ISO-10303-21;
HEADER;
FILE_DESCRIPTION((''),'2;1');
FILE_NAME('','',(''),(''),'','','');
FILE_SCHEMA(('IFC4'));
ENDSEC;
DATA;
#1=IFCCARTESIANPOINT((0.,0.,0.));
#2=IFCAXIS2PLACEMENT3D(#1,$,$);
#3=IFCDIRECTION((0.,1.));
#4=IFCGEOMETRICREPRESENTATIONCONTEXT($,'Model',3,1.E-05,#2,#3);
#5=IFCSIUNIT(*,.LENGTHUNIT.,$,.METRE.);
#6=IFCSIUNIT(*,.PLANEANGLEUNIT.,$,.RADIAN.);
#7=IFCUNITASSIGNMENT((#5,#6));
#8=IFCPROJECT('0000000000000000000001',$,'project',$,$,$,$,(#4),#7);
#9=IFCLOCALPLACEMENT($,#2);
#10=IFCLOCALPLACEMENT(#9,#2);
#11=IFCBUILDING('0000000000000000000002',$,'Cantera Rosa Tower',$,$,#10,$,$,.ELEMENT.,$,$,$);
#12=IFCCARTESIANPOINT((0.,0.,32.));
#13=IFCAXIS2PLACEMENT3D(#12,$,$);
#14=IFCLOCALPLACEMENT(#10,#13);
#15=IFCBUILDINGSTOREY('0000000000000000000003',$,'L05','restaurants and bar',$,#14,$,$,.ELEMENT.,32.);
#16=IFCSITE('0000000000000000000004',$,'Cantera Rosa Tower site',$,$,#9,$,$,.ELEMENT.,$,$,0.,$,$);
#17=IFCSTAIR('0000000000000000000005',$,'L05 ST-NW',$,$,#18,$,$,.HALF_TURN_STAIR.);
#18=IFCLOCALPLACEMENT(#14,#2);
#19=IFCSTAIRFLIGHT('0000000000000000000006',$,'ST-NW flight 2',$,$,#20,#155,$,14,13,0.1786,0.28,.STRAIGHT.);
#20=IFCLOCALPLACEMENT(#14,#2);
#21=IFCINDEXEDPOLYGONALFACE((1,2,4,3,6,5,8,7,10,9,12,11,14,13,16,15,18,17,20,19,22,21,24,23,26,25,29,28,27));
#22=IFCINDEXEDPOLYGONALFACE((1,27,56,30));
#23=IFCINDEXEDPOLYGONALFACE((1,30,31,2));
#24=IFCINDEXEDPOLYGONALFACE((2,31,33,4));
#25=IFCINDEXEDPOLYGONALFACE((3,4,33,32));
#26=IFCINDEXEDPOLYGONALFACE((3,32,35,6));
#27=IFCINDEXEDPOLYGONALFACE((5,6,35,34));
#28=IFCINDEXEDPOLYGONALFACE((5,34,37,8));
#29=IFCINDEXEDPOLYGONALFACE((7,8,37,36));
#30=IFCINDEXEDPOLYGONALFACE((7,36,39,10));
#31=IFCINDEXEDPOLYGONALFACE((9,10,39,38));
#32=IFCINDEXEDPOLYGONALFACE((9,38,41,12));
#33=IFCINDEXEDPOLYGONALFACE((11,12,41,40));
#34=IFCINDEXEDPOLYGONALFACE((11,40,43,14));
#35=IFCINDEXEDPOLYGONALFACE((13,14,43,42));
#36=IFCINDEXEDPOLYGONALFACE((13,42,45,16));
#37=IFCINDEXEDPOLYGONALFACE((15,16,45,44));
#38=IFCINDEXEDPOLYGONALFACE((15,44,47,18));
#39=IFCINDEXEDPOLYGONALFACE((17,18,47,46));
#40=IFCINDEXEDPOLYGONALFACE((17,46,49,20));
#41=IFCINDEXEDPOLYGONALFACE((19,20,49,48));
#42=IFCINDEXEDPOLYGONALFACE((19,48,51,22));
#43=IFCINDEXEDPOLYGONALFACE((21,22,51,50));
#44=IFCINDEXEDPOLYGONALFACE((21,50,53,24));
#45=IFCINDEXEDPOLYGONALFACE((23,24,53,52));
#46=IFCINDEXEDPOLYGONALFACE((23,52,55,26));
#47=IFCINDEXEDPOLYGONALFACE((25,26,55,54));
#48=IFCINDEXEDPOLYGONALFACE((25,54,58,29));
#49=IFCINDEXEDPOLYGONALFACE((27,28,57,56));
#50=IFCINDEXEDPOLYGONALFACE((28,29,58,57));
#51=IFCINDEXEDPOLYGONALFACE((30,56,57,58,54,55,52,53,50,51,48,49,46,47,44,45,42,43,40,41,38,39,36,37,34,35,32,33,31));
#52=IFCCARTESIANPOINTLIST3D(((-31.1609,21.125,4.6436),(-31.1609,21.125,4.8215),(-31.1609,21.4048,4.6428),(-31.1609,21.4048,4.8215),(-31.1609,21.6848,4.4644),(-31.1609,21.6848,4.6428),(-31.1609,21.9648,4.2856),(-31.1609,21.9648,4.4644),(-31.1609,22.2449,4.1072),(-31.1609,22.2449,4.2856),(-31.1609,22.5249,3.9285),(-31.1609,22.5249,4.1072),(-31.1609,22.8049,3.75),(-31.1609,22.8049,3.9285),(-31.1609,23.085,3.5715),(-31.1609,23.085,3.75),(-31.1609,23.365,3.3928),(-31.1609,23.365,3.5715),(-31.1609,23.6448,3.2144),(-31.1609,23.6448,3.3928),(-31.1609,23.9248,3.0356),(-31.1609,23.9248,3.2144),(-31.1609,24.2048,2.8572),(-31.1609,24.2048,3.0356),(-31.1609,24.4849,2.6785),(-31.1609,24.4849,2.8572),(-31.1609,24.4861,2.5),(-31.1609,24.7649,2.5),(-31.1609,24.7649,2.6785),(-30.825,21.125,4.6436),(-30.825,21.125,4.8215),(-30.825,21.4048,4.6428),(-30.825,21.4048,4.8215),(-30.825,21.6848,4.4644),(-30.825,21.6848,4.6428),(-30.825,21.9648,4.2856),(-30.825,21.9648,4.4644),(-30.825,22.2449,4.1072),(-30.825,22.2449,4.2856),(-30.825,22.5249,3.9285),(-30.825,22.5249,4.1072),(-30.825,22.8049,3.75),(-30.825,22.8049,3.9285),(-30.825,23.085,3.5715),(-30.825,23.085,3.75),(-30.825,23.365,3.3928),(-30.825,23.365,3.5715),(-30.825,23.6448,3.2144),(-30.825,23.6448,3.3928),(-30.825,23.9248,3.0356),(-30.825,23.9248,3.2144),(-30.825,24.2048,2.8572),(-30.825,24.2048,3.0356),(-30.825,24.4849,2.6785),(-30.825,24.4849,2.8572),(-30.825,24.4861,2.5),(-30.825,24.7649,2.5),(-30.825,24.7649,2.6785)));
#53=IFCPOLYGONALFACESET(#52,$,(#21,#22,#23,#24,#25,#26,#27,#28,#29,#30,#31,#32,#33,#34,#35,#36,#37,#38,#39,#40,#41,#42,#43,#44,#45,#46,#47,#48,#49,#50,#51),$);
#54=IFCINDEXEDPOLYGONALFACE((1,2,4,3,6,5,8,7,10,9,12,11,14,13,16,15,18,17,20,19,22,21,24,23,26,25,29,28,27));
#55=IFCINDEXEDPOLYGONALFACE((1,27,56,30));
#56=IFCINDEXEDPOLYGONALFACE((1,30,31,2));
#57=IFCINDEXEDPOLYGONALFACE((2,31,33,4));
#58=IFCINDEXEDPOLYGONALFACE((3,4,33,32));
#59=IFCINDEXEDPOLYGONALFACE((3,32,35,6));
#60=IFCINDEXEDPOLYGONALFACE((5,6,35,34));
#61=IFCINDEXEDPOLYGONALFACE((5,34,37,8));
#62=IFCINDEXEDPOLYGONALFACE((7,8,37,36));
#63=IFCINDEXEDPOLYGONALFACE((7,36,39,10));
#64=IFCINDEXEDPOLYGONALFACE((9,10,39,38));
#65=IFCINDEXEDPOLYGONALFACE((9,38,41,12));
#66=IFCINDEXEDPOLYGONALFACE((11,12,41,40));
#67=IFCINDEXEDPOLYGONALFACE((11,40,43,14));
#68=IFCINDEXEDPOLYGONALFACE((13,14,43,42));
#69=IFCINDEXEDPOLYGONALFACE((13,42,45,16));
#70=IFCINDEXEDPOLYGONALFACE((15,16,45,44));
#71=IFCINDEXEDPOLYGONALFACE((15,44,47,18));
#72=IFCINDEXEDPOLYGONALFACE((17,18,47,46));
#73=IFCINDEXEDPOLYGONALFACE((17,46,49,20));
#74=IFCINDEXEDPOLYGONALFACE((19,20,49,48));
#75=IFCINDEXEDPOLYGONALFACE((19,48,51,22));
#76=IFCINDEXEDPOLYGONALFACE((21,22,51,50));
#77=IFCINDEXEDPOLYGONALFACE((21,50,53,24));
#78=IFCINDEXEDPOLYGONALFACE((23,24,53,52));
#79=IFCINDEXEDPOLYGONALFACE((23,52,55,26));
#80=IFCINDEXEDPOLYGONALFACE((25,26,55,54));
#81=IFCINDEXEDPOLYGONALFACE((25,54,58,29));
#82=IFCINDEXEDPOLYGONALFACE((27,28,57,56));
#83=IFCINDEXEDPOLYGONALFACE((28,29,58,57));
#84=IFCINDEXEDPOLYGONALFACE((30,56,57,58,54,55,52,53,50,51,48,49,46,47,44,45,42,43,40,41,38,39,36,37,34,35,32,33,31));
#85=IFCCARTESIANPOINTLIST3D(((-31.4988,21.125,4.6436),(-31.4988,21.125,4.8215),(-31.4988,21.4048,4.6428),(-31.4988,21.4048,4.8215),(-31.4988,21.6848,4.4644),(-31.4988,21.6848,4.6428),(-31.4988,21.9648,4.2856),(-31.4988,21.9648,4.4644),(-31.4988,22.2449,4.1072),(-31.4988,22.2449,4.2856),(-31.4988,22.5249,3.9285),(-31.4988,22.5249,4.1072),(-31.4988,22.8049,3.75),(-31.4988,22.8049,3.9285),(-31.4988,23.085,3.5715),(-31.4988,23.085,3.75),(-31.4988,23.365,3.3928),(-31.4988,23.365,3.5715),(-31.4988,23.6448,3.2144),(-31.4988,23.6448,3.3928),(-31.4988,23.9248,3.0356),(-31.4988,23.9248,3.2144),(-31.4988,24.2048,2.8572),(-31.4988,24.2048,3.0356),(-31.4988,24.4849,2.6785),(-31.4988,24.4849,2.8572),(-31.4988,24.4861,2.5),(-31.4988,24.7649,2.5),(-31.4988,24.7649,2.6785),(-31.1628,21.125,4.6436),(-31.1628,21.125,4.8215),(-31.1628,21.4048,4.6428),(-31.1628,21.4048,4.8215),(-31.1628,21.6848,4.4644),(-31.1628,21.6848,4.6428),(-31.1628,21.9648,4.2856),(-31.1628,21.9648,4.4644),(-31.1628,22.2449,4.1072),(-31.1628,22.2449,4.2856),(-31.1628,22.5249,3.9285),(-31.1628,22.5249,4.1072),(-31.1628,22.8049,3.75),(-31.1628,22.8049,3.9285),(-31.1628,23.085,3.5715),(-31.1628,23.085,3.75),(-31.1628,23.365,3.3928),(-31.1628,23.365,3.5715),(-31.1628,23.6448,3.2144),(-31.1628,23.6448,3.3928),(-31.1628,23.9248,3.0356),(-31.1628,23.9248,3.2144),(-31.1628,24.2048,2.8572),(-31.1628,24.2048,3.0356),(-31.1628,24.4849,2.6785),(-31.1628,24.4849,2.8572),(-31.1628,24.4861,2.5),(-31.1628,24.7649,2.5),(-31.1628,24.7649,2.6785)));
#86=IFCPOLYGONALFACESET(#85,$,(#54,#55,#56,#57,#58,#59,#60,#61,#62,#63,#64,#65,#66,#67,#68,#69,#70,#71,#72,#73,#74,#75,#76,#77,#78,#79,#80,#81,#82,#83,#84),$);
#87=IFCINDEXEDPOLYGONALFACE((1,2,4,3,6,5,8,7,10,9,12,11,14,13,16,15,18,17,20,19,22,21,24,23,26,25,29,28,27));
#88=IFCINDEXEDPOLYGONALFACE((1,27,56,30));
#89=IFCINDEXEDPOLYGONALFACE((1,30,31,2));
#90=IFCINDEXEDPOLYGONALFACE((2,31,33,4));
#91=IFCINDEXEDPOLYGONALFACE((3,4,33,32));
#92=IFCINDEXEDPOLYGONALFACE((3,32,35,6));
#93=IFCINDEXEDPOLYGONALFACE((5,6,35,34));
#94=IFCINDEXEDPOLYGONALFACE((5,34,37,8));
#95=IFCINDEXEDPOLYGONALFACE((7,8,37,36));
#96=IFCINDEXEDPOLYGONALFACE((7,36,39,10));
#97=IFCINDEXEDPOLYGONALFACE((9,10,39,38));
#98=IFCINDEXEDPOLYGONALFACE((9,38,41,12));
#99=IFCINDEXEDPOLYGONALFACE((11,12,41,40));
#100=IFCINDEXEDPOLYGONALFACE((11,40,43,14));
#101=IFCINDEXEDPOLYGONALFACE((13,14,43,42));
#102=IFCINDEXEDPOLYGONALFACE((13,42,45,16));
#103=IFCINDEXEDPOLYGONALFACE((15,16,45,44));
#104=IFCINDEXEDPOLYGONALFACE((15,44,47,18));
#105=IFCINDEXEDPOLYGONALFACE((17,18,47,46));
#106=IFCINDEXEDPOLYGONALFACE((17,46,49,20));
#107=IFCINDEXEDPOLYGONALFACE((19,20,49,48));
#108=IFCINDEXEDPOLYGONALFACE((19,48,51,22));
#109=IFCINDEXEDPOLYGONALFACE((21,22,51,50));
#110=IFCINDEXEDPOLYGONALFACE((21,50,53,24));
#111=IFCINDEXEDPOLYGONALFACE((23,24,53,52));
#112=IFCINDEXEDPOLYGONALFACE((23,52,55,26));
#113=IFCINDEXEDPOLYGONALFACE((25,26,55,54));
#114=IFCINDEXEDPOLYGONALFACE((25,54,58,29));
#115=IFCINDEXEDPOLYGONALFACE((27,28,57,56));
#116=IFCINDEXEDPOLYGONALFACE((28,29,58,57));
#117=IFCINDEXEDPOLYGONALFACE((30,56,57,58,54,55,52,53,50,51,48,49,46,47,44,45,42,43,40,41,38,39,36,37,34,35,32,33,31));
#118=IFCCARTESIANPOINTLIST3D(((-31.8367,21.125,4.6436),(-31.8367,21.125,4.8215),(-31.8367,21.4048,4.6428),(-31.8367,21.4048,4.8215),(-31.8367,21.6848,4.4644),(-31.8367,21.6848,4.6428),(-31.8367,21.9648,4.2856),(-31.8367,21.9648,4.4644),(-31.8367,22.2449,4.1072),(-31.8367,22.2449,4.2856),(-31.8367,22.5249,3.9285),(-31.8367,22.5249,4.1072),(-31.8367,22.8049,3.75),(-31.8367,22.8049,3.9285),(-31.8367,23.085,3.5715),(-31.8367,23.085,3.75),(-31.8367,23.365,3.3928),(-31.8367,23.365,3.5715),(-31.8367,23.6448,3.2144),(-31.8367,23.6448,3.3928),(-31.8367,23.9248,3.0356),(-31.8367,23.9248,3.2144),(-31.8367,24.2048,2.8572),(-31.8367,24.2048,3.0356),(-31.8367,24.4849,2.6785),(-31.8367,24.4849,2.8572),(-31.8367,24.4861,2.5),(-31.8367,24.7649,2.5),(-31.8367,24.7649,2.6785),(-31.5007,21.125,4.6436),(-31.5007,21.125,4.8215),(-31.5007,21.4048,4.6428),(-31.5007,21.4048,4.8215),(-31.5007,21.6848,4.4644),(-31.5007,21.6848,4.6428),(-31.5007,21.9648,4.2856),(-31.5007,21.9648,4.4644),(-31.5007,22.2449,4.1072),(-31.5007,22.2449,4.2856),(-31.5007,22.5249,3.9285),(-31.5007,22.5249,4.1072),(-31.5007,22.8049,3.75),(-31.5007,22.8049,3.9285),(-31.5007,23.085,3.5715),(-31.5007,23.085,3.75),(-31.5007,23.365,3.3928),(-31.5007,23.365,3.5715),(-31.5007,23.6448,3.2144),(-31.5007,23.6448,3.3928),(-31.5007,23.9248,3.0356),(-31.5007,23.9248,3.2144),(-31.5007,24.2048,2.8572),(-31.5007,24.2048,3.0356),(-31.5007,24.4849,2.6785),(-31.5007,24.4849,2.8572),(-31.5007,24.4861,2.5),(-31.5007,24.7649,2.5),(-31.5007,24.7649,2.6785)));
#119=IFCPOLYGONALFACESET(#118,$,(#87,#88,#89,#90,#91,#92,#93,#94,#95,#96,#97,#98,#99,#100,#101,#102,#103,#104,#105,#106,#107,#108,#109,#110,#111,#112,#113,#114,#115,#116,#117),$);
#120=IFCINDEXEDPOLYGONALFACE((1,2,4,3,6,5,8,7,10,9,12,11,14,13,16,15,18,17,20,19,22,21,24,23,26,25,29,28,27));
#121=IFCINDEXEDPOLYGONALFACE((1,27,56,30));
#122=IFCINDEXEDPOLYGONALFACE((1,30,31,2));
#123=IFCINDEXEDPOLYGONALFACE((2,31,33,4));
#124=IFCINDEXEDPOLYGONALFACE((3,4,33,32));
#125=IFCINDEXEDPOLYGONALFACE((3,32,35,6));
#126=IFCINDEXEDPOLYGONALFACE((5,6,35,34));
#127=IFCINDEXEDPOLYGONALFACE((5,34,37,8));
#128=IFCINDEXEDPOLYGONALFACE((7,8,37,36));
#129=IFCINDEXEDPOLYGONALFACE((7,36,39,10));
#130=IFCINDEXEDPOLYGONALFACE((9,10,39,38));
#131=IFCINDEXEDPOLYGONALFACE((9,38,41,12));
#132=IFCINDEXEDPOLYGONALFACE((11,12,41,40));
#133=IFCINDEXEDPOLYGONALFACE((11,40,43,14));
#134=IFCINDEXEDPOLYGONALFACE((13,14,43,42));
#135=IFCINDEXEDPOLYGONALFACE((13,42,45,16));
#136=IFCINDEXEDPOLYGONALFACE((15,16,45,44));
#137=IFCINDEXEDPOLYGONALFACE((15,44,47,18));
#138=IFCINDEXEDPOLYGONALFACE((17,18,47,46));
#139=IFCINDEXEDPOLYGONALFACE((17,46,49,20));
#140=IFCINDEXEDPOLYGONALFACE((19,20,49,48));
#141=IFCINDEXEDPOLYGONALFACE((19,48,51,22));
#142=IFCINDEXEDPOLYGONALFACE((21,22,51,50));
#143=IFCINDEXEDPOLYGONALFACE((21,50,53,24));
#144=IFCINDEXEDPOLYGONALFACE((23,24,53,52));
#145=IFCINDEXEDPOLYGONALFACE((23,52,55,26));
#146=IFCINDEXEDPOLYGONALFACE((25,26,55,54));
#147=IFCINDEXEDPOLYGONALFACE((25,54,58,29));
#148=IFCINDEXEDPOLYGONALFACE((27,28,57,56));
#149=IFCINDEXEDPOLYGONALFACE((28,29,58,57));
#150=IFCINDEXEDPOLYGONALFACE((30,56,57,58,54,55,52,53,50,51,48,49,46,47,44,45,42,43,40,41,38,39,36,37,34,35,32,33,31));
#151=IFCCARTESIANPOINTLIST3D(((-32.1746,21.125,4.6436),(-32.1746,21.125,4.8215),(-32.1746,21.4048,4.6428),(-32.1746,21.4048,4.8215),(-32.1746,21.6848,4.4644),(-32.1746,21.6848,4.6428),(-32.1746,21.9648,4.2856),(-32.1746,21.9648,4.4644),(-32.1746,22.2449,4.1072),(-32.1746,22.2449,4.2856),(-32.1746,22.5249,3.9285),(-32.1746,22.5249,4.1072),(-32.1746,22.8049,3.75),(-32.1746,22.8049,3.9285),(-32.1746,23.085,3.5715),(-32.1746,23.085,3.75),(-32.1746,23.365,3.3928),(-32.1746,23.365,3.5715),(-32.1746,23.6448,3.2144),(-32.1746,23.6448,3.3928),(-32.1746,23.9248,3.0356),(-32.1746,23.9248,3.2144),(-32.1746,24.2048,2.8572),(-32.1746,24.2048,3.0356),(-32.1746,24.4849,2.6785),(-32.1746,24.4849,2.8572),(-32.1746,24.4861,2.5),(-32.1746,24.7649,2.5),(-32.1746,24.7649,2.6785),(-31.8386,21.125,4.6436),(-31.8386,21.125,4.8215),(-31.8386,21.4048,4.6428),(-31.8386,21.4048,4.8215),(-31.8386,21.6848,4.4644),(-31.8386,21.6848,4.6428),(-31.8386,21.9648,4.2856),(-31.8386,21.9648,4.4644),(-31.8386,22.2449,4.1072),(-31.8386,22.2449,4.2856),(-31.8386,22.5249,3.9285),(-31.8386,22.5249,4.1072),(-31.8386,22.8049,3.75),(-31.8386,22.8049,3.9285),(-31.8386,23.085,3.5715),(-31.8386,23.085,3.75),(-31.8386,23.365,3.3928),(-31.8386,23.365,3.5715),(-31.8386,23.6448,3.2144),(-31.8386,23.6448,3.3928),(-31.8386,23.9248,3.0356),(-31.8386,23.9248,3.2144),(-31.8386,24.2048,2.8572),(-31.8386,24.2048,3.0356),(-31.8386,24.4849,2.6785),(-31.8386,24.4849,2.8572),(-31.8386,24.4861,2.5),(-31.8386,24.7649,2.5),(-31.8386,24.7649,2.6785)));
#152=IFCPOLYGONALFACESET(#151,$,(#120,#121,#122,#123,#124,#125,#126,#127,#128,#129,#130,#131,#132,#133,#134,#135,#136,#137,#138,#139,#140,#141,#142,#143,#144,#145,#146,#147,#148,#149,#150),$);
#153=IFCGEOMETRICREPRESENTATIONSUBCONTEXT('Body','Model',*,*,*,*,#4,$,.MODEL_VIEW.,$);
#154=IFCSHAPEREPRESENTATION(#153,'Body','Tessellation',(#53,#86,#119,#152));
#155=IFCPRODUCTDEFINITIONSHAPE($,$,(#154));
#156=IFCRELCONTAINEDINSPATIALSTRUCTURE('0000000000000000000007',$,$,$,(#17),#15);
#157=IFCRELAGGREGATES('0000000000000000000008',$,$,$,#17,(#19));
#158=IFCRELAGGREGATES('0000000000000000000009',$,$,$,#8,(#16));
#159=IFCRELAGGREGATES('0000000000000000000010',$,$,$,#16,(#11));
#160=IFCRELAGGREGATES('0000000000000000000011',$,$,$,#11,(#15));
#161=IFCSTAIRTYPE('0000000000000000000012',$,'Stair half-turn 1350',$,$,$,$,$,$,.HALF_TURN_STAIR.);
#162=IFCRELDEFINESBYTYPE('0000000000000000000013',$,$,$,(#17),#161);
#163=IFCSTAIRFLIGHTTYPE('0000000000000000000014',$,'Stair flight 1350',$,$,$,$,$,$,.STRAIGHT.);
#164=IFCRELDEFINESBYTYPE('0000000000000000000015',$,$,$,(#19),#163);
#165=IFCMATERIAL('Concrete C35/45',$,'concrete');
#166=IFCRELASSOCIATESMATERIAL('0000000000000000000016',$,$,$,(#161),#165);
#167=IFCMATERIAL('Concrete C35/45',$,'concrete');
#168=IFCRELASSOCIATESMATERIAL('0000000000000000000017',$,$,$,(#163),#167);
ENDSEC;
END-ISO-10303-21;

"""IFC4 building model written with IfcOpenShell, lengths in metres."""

from ifc_helpers import new_model, si_unit, direction, frame, origin, place, context, subcontext, project, spatial, polyline, outline, extrude, material, type_object, element, aggregate, save


model = new_model("IFC4")

# Units and contexts
model_context = context("Model", 3, precision=1e-05, world=origin(), true_north=direction((0.0, 1.0)))
body_context = subcontext(model_context, "Body", "Model", "MODEL_VIEW")
ifc_project = project(units=[si_unit("LENGTHUNIT", "METRE"), si_unit("PLANEANGLEUNIT", "RADIAN")], contexts=[model_context])

# Site, building, storey
site_placement = place(None, origin())
site = spatial("IfcSite", under=ifc_project, at=site_placement, Name="Cantera Rosa Tower site", CompositionType="ELEMENT", RefElevation=0.0)
building_placement = place(site_placement, origin())
building = spatial("IfcBuilding", under=site, at=building_placement, Name="Cantera Rosa Tower", CompositionType="ELEMENT")
storey_placement = place(building_placement, frame((0.0, 0.0, 32.0)))
storey = spatial("IfcBuildingStorey", under=building, at=storey_placement, Name="L05", Description="restaurants and bar", CompositionType="ELEMENT", Elevation=32.0)

# Stair, stair flight
ifc_material_1 = material(Name="Concrete C35/45", Category="concrete")
stair_type = type_object("IfcStairType", Name="Stair half-turn 1350", PredefinedType="HALF_TURN_STAIR", material=ifc_material_1)
stair_placement = place(storey_placement, origin())
stair = element("IfcStair", 1, at=stair_placement, inside=storey, type_object=stair_type, Name="L05 ST-NW", PredefinedType="HALF_TURN_STAIR")
ifc_material_2 = material(Name="Concrete C35/45", Category="concrete")
stair_flight_type = type_object("IfcStairFlightType", Name="Stair flight 1350", PredefinedType="STRAIGHT", material=ifc_material_2)
stair_flight_1_placement = place(storey_placement, frame((-31.5, 24.7649, 2.5), z_axis=(0.0, 0.0, 1.0), x_axis=(0.0, -1.0, 0.0)))
stair_flight_1 = element("IfcStairFlight", 2, at=stair_flight_1_placement, type_object=stair_flight_type, Name="ST-NW flight 2", NumberOfRisers=14, NumberOfTreads=13, PredefinedType="STRAIGHT", RiserHeight=0.1786, TreadLength=0.28, context=body_context, shape_type="SweptSolid", body=[
    extrude(outline(polyline([(0.0, 0.0), (0.0, 0.1785), (0.28, 0.1785), (0.28, 0.3572), (0.5601, 0.3572), (0.5601, 0.5356), (0.8401, 0.5356), (0.8401, 0.7144), (1.1201, 0.7144), (1.1201, 0.8928), (1.3999, 0.8928), (1.3999, 1.0715), (1.6799, 1.0715), (1.6799, 1.25), (1.96, 1.25), (1.96, 1.4285), (2.24, 1.4285), (2.24, 1.6072), (2.52, 1.6072), (2.52, 1.7856), (2.8, 1.7856), (2.8, 1.9644), (3.0801, 1.9644), (3.0801, 2.1428), (3.3601, 2.1428), (3.3601, 2.3215), (3.6399, 2.3215), (3.6399, 2.5), (3.6399, 2.1436), (0.2788, 0.0), (0.0, 0.0)])), frame((0.0, 0.675, 0.0), z_axis=(0.0, -1.0, 0.0), x_axis=(1.0, 0.0, 0.0)), (0.0, 0.0, 1.0), 0.3359),
    extrude(outline(polyline([(0.0, 0.0), (0.0, 0.1785), (0.28, 0.1785), (0.28, 0.3572), (0.5601, 0.3572), (0.5601, 0.5356), (0.8401, 0.5356), (0.8401, 0.7144), (1.1201, 0.7144), (1.1201, 0.8928), (1.3999, 0.8928), (1.3999, 1.0715), (1.6799, 1.0715), (1.6799, 1.25), (1.96, 1.25), (1.96, 1.4285), (2.24, 1.4285), (2.24, 1.6072), (2.52, 1.6072), (2.52, 1.7856), (2.8, 1.7856), (2.8, 1.9644), (3.0801, 1.9644), (3.0801, 2.1428), (3.3601, 2.1428), (3.3601, 2.3215), (3.6399, 2.3215), (3.6399, 2.5), (3.6399, 2.1436), (0.2788, 0.0), (0.0, 0.0)])), frame((0.0, 0.3372, 0.0), z_axis=(0.0, -1.0, 0.0), x_axis=(1.0, 0.0, 0.0)), (0.0, 0.0, 1.0), 0.3359),
    extrude(outline(polyline([(0.0, 0.0), (0.0, 0.1785), (0.28, 0.1785), (0.28, 0.3572), (0.5601, 0.3572), (0.5601, 0.5356), (0.8401, 0.5356), (0.8401, 0.7144), (1.1201, 0.7144), (1.1201, 0.8928), (1.3999, 0.8928), (1.3999, 1.0715), (1.6799, 1.0715), (1.6799, 1.25), (1.96, 1.25), (1.96, 1.4285), (2.24, 1.4285), (2.24, 1.6072), (2.52, 1.6072), (2.52, 1.7856), (2.8, 1.7856), (2.8, 1.9644), (3.0801, 1.9644), (3.0801, 2.1428), (3.3601, 2.1428), (3.3601, 2.3215), (3.6399, 2.3215), (3.6399, 2.5), (3.6399, 2.1436), (0.2788, 0.0), (0.0, 0.0)])), frame((0.0, -0.0007, 0.0), z_axis=(0.0, -1.0, 0.0), x_axis=(1.0, 0.0, 0.0)), (0.0, 0.0, 1.0), 0.3359),
    extrude(outline(polyline([(0.0, 0.0), (0.0, 0.1785), (0.28, 0.1785), (0.28, 0.3572), (0.5601, 0.3572), (0.5601, 0.5356), (0.8401, 0.5356), (0.8401, 0.7144), (1.1201, 0.7144), (1.1201, 0.8928), (1.3999, 0.8928), (1.3999, 1.0715), (1.6799, 1.0715), (1.6799, 1.25), (1.96, 1.25), (1.96, 1.4285), (2.24, 1.4285), (2.24, 1.6072), (2.52, 1.6072), (2.52, 1.7856), (2.8, 1.7856), (2.8, 1.9644), (3.0801, 1.9644), (3.0801, 2.1428), (3.3601, 2.1428), (3.3601, 2.3215), (3.6399, 2.3215), (3.6399, 2.5), (3.6399, 2.1436), (0.2788, 0.0), (0.0, 0.0)])), frame((0.0, -0.3386, 0.0), z_axis=(0.0, -1.0, 0.0), x_axis=(1.0, 0.0, 0.0)), (0.0, 0.0, 1.0), 0.3359),
])
aggregate(stair, [stair_flight_1])

save(model, "model.ifc")
